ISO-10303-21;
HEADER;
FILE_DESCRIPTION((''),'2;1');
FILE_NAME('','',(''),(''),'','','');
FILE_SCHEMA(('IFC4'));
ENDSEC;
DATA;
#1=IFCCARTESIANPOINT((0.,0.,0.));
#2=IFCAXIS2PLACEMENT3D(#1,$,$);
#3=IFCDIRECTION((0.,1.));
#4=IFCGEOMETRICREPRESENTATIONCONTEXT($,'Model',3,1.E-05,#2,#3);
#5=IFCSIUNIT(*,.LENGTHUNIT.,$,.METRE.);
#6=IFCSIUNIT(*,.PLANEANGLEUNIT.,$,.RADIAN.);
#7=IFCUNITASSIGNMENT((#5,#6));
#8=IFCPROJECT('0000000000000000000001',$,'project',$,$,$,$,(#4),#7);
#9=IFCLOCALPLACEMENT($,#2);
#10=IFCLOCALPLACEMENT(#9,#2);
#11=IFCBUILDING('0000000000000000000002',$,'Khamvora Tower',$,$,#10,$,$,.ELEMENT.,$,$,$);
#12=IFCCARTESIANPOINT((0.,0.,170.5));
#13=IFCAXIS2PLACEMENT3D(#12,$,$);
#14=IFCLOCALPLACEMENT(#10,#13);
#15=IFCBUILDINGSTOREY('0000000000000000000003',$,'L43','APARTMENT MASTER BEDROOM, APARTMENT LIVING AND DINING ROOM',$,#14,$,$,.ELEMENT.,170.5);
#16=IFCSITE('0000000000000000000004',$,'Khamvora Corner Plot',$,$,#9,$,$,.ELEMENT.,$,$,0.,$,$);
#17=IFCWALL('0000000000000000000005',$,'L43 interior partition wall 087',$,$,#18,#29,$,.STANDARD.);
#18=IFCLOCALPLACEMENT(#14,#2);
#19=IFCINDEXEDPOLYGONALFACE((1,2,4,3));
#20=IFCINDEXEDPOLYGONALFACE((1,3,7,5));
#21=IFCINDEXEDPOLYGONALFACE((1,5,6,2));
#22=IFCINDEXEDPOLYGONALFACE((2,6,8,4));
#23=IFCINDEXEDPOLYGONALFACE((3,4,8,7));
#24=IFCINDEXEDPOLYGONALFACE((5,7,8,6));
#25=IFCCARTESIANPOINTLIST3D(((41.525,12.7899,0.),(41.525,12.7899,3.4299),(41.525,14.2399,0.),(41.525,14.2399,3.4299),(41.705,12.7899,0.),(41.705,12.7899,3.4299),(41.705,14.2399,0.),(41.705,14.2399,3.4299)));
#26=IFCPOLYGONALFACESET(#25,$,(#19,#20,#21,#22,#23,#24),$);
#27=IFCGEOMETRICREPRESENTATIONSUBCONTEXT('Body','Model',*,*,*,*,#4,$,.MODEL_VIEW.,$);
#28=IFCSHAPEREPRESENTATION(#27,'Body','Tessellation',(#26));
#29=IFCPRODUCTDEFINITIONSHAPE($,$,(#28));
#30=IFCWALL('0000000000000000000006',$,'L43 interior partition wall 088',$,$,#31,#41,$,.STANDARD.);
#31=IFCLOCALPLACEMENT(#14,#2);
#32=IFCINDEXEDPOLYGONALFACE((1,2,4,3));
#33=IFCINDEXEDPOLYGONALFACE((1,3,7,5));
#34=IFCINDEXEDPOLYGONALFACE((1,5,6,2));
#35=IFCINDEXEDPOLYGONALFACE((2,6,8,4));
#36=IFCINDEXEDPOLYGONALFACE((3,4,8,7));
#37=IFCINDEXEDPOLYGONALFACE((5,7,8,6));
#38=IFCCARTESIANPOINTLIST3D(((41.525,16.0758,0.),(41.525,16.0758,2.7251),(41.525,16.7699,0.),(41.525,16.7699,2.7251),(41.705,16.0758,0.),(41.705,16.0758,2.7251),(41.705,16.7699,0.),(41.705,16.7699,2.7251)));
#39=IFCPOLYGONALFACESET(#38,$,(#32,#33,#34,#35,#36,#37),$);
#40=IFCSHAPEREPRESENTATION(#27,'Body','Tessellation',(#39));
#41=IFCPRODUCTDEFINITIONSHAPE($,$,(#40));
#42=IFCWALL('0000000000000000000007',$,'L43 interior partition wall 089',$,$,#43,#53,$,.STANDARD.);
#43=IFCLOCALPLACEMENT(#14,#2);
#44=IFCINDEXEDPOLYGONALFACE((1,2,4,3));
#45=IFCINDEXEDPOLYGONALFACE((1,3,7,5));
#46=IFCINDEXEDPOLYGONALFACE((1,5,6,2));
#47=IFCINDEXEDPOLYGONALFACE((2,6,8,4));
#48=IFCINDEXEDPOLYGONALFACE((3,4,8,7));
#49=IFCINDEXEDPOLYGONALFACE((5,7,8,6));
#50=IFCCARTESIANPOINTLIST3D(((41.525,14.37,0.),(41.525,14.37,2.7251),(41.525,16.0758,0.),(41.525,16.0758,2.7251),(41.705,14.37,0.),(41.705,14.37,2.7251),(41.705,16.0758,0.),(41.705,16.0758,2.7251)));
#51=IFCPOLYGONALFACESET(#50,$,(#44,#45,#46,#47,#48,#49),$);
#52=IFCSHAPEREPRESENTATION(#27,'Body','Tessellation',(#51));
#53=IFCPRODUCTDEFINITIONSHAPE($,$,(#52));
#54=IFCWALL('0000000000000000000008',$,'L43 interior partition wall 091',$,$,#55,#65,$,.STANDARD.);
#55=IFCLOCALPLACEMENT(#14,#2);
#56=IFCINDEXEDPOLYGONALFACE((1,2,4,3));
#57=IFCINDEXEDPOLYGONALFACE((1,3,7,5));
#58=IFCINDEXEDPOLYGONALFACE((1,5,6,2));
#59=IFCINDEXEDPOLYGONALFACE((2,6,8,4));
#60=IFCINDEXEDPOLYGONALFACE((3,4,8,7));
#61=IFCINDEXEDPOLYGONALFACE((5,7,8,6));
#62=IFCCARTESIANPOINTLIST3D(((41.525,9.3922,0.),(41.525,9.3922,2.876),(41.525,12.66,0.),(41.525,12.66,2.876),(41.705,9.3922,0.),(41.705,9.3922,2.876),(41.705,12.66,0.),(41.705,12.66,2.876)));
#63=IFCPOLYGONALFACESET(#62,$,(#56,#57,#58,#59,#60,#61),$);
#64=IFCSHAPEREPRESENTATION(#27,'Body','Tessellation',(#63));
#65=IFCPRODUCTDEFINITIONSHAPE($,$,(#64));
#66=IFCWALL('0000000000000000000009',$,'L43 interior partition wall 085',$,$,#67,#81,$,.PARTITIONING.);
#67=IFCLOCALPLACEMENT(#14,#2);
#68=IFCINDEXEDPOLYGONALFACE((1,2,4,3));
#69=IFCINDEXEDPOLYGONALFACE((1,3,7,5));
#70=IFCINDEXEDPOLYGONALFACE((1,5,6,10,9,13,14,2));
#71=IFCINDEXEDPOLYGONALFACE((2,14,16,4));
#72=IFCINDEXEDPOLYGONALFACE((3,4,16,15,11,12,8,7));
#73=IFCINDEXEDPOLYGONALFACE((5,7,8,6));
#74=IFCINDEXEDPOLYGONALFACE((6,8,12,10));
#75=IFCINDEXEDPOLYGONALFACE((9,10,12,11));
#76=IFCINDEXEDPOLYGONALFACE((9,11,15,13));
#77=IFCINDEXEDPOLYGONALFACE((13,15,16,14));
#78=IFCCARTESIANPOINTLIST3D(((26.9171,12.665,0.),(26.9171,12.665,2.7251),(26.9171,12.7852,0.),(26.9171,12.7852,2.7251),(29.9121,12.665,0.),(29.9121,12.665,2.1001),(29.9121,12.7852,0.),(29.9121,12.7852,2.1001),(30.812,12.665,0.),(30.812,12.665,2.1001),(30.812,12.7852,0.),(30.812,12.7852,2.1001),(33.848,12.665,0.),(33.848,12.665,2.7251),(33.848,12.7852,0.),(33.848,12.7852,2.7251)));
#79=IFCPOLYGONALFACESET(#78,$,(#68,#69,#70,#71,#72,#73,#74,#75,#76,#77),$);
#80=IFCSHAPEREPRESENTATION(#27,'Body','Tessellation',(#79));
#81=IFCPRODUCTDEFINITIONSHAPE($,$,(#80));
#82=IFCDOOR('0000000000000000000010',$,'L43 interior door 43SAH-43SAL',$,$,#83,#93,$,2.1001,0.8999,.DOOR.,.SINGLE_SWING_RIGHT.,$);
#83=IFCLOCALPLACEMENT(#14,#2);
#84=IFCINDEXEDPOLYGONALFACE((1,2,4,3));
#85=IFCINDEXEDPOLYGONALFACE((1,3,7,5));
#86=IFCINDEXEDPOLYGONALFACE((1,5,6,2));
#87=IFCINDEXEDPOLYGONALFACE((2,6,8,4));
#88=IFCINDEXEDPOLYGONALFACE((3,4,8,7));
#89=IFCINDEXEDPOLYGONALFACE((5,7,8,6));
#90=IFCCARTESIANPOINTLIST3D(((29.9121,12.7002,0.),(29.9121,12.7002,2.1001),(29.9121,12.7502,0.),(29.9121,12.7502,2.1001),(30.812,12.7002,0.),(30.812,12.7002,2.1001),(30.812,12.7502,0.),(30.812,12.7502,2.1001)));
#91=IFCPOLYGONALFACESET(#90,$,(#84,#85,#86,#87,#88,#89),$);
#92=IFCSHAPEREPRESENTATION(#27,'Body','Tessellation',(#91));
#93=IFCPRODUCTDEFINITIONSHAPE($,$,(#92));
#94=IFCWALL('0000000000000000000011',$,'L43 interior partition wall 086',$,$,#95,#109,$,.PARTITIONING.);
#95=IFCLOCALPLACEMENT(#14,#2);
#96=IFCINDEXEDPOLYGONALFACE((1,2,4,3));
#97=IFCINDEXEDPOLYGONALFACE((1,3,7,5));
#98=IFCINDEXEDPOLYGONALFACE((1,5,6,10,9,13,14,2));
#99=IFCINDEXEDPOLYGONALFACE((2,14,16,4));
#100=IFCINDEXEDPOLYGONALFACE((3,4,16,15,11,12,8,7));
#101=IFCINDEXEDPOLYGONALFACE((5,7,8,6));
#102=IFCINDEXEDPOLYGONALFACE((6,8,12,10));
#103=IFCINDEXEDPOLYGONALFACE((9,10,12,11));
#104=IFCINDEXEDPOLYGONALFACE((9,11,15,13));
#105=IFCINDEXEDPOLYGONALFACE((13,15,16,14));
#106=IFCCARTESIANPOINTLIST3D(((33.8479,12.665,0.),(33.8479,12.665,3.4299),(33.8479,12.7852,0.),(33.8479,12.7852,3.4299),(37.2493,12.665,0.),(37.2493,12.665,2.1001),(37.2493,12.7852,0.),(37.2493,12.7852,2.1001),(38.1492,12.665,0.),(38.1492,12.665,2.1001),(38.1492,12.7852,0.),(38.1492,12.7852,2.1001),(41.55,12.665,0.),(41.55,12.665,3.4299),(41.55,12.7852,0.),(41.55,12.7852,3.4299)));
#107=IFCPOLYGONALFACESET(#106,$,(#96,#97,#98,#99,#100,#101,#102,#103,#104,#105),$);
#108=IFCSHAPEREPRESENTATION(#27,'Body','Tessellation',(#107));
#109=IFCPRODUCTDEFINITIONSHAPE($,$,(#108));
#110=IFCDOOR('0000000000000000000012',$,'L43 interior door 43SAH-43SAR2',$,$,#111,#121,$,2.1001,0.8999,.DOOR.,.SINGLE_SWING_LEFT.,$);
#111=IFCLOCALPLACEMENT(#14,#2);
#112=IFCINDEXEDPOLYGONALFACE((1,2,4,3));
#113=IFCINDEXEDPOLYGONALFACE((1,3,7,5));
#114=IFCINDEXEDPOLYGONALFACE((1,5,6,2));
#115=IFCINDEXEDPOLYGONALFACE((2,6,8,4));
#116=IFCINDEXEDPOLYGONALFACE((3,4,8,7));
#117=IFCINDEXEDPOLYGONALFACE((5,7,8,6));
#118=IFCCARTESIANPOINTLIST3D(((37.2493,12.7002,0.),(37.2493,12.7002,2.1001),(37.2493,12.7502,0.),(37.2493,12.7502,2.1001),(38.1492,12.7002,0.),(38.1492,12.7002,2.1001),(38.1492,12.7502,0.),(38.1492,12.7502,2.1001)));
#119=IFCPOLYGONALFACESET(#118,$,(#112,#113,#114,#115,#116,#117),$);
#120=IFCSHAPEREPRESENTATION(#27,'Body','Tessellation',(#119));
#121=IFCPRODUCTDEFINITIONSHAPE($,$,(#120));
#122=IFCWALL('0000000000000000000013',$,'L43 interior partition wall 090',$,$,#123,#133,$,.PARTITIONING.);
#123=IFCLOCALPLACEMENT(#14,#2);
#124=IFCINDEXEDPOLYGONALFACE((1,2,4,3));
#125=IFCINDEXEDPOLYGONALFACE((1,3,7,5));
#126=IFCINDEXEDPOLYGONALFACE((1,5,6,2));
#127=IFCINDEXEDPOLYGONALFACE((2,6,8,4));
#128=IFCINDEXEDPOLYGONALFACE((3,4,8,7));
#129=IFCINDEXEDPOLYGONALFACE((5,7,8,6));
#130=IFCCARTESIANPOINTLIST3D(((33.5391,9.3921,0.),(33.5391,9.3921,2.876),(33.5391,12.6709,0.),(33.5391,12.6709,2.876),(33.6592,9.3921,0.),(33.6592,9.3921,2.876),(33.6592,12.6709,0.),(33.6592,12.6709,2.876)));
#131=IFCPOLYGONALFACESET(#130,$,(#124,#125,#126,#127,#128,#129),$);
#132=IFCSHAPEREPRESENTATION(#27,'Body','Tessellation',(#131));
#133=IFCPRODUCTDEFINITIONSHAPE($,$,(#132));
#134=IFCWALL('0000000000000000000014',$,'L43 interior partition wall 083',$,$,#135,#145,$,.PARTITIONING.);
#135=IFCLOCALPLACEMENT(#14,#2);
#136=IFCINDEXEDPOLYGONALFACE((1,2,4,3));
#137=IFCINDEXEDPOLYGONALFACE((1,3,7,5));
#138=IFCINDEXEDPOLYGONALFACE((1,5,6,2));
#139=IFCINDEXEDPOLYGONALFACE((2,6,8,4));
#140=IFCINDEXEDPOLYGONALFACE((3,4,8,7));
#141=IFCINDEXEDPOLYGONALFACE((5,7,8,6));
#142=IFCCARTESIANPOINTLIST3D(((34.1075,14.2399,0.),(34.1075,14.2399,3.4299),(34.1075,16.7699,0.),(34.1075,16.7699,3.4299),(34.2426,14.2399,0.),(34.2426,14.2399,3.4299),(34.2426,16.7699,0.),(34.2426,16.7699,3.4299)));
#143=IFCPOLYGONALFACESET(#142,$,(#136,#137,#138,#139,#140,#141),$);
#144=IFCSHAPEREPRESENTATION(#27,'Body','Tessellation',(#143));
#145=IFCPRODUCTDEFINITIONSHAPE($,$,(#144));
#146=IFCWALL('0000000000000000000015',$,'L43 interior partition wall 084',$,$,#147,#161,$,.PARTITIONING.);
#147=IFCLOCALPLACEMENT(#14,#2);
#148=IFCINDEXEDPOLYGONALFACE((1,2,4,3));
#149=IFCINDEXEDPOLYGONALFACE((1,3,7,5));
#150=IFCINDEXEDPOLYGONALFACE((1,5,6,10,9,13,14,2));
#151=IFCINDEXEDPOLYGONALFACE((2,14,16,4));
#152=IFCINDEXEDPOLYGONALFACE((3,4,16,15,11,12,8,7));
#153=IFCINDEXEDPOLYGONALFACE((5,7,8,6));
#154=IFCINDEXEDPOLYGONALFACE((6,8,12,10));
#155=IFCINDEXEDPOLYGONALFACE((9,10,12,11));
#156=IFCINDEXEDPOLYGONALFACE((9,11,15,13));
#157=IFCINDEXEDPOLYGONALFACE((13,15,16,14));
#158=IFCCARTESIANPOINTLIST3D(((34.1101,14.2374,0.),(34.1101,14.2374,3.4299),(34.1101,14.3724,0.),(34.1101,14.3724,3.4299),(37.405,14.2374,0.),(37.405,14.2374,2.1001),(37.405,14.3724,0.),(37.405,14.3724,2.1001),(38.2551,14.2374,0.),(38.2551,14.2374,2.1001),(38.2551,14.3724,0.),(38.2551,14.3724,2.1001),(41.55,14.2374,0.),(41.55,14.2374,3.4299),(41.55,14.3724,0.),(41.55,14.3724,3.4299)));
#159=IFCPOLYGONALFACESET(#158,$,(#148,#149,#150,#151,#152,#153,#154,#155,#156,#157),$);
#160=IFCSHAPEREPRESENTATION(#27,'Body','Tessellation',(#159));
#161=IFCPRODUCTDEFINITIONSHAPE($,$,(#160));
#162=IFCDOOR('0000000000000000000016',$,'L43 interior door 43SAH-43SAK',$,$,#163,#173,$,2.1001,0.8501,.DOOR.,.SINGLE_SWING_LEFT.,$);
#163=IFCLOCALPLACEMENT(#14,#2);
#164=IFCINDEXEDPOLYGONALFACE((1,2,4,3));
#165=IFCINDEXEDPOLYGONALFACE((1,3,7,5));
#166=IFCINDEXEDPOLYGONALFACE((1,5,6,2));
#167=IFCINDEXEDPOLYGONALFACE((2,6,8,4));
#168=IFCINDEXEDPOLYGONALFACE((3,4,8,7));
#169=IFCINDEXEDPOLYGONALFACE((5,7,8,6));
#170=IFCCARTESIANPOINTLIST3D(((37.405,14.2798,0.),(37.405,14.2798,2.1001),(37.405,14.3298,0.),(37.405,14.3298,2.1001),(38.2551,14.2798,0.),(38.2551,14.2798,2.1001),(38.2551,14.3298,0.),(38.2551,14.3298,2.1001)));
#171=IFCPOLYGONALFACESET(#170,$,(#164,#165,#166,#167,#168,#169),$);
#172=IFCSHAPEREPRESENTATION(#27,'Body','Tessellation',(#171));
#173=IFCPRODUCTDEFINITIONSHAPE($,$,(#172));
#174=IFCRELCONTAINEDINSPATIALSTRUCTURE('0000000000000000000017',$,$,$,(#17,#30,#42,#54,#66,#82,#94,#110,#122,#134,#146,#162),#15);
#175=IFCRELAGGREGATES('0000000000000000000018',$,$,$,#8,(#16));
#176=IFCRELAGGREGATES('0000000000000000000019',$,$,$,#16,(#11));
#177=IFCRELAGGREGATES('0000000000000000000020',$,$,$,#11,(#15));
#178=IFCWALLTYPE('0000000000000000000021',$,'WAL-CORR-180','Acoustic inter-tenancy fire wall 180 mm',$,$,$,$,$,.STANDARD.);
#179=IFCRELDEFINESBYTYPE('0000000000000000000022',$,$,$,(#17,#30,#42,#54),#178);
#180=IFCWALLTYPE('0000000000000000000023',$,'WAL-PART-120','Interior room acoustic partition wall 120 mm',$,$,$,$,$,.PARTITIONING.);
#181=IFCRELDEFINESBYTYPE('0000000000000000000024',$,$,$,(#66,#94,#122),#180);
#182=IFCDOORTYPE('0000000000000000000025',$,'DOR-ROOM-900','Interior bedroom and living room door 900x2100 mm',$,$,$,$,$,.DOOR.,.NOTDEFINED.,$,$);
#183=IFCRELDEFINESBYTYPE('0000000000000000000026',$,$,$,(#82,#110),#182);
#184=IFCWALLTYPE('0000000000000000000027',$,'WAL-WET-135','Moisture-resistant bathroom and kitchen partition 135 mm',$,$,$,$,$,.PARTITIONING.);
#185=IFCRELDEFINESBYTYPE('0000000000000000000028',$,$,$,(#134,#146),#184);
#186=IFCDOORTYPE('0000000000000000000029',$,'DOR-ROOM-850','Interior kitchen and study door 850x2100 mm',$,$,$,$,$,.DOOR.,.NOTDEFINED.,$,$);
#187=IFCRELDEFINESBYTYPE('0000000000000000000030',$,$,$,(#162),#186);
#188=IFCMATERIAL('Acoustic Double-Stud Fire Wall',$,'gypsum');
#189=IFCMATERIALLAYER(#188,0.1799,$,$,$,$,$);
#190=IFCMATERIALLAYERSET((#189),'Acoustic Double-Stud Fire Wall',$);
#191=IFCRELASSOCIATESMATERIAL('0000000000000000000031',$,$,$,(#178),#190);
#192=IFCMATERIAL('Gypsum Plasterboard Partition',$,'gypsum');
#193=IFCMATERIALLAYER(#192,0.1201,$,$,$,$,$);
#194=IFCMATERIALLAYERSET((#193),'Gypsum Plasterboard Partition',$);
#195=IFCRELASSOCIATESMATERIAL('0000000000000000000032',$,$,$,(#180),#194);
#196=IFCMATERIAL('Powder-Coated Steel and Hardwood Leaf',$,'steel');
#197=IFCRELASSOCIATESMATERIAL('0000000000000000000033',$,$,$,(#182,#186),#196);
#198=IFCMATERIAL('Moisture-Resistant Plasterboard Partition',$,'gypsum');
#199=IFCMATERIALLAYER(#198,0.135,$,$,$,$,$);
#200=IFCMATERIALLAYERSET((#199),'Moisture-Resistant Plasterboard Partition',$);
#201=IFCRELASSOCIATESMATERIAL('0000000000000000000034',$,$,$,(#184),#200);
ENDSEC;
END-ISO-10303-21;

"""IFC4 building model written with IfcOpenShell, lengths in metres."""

from ifc_helpers import new_model, si_unit, direction, frame, frame_2d, origin, place, context, subcontext, project, spatial, rectangle, extrude, material, layer, layer_set, type_object, element, fill, save


model = new_model("IFC4")

# Units and contexts
model_context = context("Model", 3, precision=1e-05, world=origin(), true_north=direction((0.0, 1.0)))
body_context = subcontext(model_context, "Body", "Model", "MODEL_VIEW")
ifc_project = project(units=[si_unit("LENGTHUNIT", "METRE"), si_unit("PLANEANGLEUNIT", "RADIAN")], contexts=[model_context])

# Site, building, storey
site_placement = place(None, origin())
site = spatial("IfcSite", under=ifc_project, at=site_placement, Name="Khamvora Corner Plot", CompositionType="ELEMENT", RefElevation=0.0)
building_placement = place(site_placement, origin())
building = spatial("IfcBuilding", under=site, at=building_placement, Name="Khamvora Tower", CompositionType="ELEMENT")
storey_placement = place(building_placement, frame((0.0, 0.0, 170.5)))
storey = spatial("IfcBuildingStorey", under=building, at=storey_placement, Name="L43", Description="APARTMENT MASTER BEDROOM, APARTMENT LIVING AND DINING ROOM", CompositionType="ELEMENT", Elevation=170.5)

# Shared definitions
ifc_material_1 = material(Name="Powder-Coated Steel and Hardwood Leaf", Category="steel")

# Walls
ifc_material_2 = material(Name="Acoustic Double-Stud Fire Wall", Category="gypsum")
ifc_layer_1 = layer(ifc_material_2, 0.1799)
ifc_layer_set_1 = layer_set([ifc_layer_1], Name="Acoustic Double-Stud Fire Wall")
wall_type_1 = type_object("IfcWallType", Name="WAL-CORR-180", Description="Acoustic inter-tenancy fire wall 180 mm", PredefinedType="STANDARD", material=ifc_layer_set_1)
wall_1_placement = place(storey_placement, frame((41.615, 14.24, 0.0), z_axis=(0.0, 0.0, 1.0), x_axis=(0.0, -1.0, 0.0)))
element("IfcWall", 1, at=wall_1_placement, inside=storey, type_object=wall_type_1, Name="L43 interior partition wall 087", PredefinedType="STANDARD", context=body_context, shape_type="SweptSolid", body=[
    extrude(rectangle(XDim=1.45, YDim=0.1799, at=frame_2d((0.7251, 0.0))), origin(), (0.0, 0.0, 1.0), 3.4299),
])
wall_2_placement = place(storey_placement, frame((41.615, 16.77, 0.0), z_axis=(0.0, 0.0, 1.0), x_axis=(0.0, -1.0, 0.0)))
element("IfcWall", 2, at=wall_2_placement, inside=storey, type_object=wall_type_1, Name="L43 interior partition wall 088", PredefinedType="STANDARD", context=body_context, shape_type="SweptSolid", body=[
    extrude(rectangle(XDim=0.6941, YDim=0.1799, at=frame_2d((0.3472, 0.0))), origin(), (0.0, 0.0, 1.0), 2.7251),
])
wall_3_placement = place(storey_placement, frame((41.615, 16.0759, 0.0), z_axis=(0.0, 0.0, 1.0), x_axis=(0.0, -1.0, 0.0)))
element("IfcWall", 3, at=wall_3_placement, inside=storey, type_object=wall_type_1, Name="L43 interior partition wall 089", PredefinedType="STANDARD", context=body_context, shape_type="SweptSolid", body=[
    extrude(rectangle(XDim=1.7058, YDim=0.1799, at=frame_2d((0.853, 0.0))), origin(), (0.0, 0.0, 1.0), 2.7251),
])
wall_4_placement = place(storey_placement, frame((41.615, 12.6599, 0.0), z_axis=(0.0, 0.0, 1.0), x_axis=(0.0, -1.0, 0.0)))
element("IfcWall", 4, at=wall_4_placement, inside=storey, type_object=wall_type_1, Name="L43 interior partition wall 091", PredefinedType="STANDARD", context=body_context, shape_type="SweptSolid", body=[
    extrude(rectangle(XDim=3.2678, YDim=0.1799, at=frame_2d((1.6338, 0.0))), origin(), (0.0, 0.0, 1.0), 2.876),
])

# Walls, openings, doors
ifc_material_3 = material(Name="Gypsum Plasterboard Partition", Category="gypsum")
ifc_layer_2 = layer(ifc_material_3, 0.1201)
ifc_layer_set_2 = layer_set([ifc_layer_2], Name="Gypsum Plasterboard Partition")
wall_type_2 = type_object("IfcWallType", Name="WAL-PART-120", Description="Interior room acoustic partition wall 120 mm", PredefinedType="PARTITIONING", material=ifc_layer_set_2)
wall_5_placement = place(storey_placement, frame((33.8479, 12.7251, 0.0), z_axis=(0.0, 0.0, 1.0), x_axis=(-1.0, 0.0, 0.0)))
wall_5 = element("IfcWall", 5, at=wall_5_placement, inside=storey, type_object=wall_type_2, Name="L43 interior partition wall 085", PredefinedType="PARTITIONING", context=body_context, shape_type="SweptSolid", body=[
    extrude(rectangle(XDim=6.9309, YDim=0.1201, at=frame_2d((3.4653, 0.0))), origin(), (0.0, 0.0, 1.0), 2.7251),
])
opening_1_placement = place(wall_5_placement, frame((3.0359, 0.0, 0.0)))
opening_1 = element("IfcOpeningElement", 6, at=opening_1_placement, cuts=wall_5, PredefinedType="OPENING", context=body_context, shape_type="SweptSolid", body=[
    extrude(rectangle(XDim=0.8999, YDim=2.1001, at=frame_2d((0.45, 1.05))), frame((0.0, 0.0701, 0.0), z_axis=(0.0, -1.0, 0.0), x_axis=(1.0, 0.0, 0.0)), (0.0, 0.0, 1.0), 0.1401),
])
door_type_1 = type_object("IfcDoorType", Name="DOR-ROOM-900", Description="Interior bedroom and living room door 900x2100 mm", OperationType="NOTDEFINED", PredefinedType="DOOR", material=ifc_material_1)
door_1_placement = place(opening_1_placement, origin())
door_1 = element("IfcDoor", 7, at=door_1_placement, inside=storey, type_object=door_type_1, Name="L43 interior door 43SAH-43SAL", OperationType="SINGLE_SWING_RIGHT", OverallHeight=2.1001, OverallWidth=0.8999, PredefinedType="DOOR", context=body_context, shape_type="SweptSolid", body=[
    extrude(rectangle(XDim=0.8999, YDim=2.1001, at=frame_2d((0.45, 1.05))), frame((0.0, 0.0249, 0.0), z_axis=(0.0, -1.0, 0.0), x_axis=(1.0, 0.0, 0.0)), (0.0, 0.0, 1.0), 0.05),
])
fill(opening_1, door_1)
wall_6_placement = place(storey_placement, frame((41.55, 12.7251, 0.0), z_axis=(0.0, 0.0, 1.0), x_axis=(-1.0, 0.0, 0.0)))
wall_6 = element("IfcWall", 8, at=wall_6_placement, inside=storey, type_object=wall_type_2, Name="L43 interior partition wall 086", PredefinedType="PARTITIONING", context=body_context, shape_type="SweptSolid", body=[
    extrude(rectangle(XDim=7.7021, YDim=0.1201, at=frame_2d((3.8511, 0.0))), origin(), (0.0, 0.0, 1.0), 3.4299),
])
opening_2_placement = place(wall_6_placement, frame((3.4009, 0.0, 0.0)))
opening_2 = element("IfcOpeningElement", 9, at=opening_2_placement, cuts=wall_6, PredefinedType="OPENING", context=body_context, shape_type="SweptSolid", body=[
    extrude(rectangle(XDim=0.8999, YDim=2.1001, at=frame_2d((0.45, 1.05))), frame((0.0, 0.0701, 0.0), z_axis=(0.0, -1.0, 0.0), x_axis=(1.0, 0.0, 0.0)), (0.0, 0.0, 1.0), 0.1401),
])
door_2_placement = place(opening_2_placement, origin())
door_2 = element("IfcDoor", 10, at=door_2_placement, inside=storey, type_object=door_type_1, Name="L43 interior door 43SAH-43SAR2", OperationType="SINGLE_SWING_LEFT", OverallHeight=2.1001, OverallWidth=0.8999, PredefinedType="DOOR", context=body_context, shape_type="SweptSolid", body=[
    extrude(rectangle(XDim=0.8999, YDim=2.1001, at=frame_2d((0.45, 1.05))), frame((0.0, 0.0249, 0.0), z_axis=(0.0, -1.0, 0.0), x_axis=(1.0, 0.0, 0.0)), (0.0, 0.0, 1.0), 0.05),
])
fill(opening_2, door_2)

# Walls
wall_7_placement = place(storey_placement, frame((33.5991, 12.6709, 0.0), z_axis=(0.0, 0.0, 1.0), x_axis=(0.0, -1.0, 0.0)))
element("IfcWall", 11, at=wall_7_placement, inside=storey, type_object=wall_type_2, Name="L43 interior partition wall 090", PredefinedType="PARTITIONING", context=body_context, shape_type="SweptSolid", body=[
    extrude(rectangle(XDim=3.2788, YDim=0.1201, at=frame_2d((1.6394, 0.0))), origin(), (0.0, 0.0, 1.0), 2.876),
])
ifc_material_4 = material(Name="Moisture-Resistant Plasterboard Partition", Category="gypsum")
ifc_layer_3 = layer(ifc_material_4, 0.135)
ifc_layer_set_3 = layer_set([ifc_layer_3], Name="Moisture-Resistant Plasterboard Partition")
wall_type_3 = type_object("IfcWallType", Name="WAL-WET-135", Description="Moisture-resistant bathroom and kitchen partition 135 mm", PredefinedType="PARTITIONING", material=ifc_layer_set_3)
wall_8_placement = place(storey_placement, frame((34.175, 16.77, 0.0), z_axis=(0.0, 0.0, 1.0), x_axis=(0.0, -1.0, 0.0)))
element("IfcWall", 12, at=wall_8_placement, inside=storey, type_object=wall_type_3, Name="L43 interior partition wall 083", PredefinedType="PARTITIONING", context=body_context, shape_type="SweptSolid", body=[
    extrude(rectangle(XDim=2.53, YDim=0.135, at=frame_2d((1.2651, 0.0))), origin(), (0.0, 0.0, 1.0), 3.4299),
])

# Wall, opening, door
wall_9_placement = place(storey_placement, frame((34.1101, 14.3049, 0.0), z_axis=(0.0, 0.0, 1.0), x_axis=(1.0, 0.0, 0.0)))
wall_9 = element("IfcWall", 13, at=wall_9_placement, inside=storey, type_object=wall_type_3, Name="L43 interior partition wall 084", PredefinedType="PARTITIONING", context=body_context, shape_type="SweptSolid", body=[
    extrude(rectangle(XDim=7.4399, YDim=0.135, at=frame_2d((3.72, 0.0))), origin(), (0.0, 0.0, 1.0), 3.4299),
])
opening_3_placement = place(wall_9_placement, frame((3.2949, 0.0, 0.0)))
opening_3 = element("IfcOpeningElement", 14, at=opening_3_placement, cuts=wall_9, PredefinedType="OPENING", context=body_context, shape_type="SweptSolid", body=[
    extrude(rectangle(XDim=0.8501, YDim=2.1001, at=frame_2d((0.425, 1.05))), frame((0.0, 0.0774, 0.0), z_axis=(0.0, -1.0, 0.0), x_axis=(1.0, 0.0, 0.0)), (0.0, 0.0, 1.0), 0.155),
])
door_type_2 = type_object("IfcDoorType", Name="DOR-ROOM-850", Description="Interior kitchen and study door 850x2100 mm", OperationType="NOTDEFINED", PredefinedType="DOOR", material=ifc_material_1)
door_3_placement = place(opening_3_placement, origin())
door_3 = element("IfcDoor", 15, at=door_3_placement, inside=storey, type_object=door_type_2, Name="L43 interior door 43SAH-43SAK", OperationType="SINGLE_SWING_LEFT", OverallHeight=2.1001, OverallWidth=0.8501, PredefinedType="DOOR", context=body_context, shape_type="SweptSolid", body=[
    extrude(rectangle(XDim=0.8501, YDim=2.1001, at=frame_2d((0.425, 1.05))), frame((0.0, 0.0249, 0.0), z_axis=(0.0, -1.0, 0.0), x_axis=(1.0, 0.0, 0.0)), (0.0, 0.0, 1.0), 0.05),
])
fill(opening_3, door_3)

save(model, "model.ifc")
